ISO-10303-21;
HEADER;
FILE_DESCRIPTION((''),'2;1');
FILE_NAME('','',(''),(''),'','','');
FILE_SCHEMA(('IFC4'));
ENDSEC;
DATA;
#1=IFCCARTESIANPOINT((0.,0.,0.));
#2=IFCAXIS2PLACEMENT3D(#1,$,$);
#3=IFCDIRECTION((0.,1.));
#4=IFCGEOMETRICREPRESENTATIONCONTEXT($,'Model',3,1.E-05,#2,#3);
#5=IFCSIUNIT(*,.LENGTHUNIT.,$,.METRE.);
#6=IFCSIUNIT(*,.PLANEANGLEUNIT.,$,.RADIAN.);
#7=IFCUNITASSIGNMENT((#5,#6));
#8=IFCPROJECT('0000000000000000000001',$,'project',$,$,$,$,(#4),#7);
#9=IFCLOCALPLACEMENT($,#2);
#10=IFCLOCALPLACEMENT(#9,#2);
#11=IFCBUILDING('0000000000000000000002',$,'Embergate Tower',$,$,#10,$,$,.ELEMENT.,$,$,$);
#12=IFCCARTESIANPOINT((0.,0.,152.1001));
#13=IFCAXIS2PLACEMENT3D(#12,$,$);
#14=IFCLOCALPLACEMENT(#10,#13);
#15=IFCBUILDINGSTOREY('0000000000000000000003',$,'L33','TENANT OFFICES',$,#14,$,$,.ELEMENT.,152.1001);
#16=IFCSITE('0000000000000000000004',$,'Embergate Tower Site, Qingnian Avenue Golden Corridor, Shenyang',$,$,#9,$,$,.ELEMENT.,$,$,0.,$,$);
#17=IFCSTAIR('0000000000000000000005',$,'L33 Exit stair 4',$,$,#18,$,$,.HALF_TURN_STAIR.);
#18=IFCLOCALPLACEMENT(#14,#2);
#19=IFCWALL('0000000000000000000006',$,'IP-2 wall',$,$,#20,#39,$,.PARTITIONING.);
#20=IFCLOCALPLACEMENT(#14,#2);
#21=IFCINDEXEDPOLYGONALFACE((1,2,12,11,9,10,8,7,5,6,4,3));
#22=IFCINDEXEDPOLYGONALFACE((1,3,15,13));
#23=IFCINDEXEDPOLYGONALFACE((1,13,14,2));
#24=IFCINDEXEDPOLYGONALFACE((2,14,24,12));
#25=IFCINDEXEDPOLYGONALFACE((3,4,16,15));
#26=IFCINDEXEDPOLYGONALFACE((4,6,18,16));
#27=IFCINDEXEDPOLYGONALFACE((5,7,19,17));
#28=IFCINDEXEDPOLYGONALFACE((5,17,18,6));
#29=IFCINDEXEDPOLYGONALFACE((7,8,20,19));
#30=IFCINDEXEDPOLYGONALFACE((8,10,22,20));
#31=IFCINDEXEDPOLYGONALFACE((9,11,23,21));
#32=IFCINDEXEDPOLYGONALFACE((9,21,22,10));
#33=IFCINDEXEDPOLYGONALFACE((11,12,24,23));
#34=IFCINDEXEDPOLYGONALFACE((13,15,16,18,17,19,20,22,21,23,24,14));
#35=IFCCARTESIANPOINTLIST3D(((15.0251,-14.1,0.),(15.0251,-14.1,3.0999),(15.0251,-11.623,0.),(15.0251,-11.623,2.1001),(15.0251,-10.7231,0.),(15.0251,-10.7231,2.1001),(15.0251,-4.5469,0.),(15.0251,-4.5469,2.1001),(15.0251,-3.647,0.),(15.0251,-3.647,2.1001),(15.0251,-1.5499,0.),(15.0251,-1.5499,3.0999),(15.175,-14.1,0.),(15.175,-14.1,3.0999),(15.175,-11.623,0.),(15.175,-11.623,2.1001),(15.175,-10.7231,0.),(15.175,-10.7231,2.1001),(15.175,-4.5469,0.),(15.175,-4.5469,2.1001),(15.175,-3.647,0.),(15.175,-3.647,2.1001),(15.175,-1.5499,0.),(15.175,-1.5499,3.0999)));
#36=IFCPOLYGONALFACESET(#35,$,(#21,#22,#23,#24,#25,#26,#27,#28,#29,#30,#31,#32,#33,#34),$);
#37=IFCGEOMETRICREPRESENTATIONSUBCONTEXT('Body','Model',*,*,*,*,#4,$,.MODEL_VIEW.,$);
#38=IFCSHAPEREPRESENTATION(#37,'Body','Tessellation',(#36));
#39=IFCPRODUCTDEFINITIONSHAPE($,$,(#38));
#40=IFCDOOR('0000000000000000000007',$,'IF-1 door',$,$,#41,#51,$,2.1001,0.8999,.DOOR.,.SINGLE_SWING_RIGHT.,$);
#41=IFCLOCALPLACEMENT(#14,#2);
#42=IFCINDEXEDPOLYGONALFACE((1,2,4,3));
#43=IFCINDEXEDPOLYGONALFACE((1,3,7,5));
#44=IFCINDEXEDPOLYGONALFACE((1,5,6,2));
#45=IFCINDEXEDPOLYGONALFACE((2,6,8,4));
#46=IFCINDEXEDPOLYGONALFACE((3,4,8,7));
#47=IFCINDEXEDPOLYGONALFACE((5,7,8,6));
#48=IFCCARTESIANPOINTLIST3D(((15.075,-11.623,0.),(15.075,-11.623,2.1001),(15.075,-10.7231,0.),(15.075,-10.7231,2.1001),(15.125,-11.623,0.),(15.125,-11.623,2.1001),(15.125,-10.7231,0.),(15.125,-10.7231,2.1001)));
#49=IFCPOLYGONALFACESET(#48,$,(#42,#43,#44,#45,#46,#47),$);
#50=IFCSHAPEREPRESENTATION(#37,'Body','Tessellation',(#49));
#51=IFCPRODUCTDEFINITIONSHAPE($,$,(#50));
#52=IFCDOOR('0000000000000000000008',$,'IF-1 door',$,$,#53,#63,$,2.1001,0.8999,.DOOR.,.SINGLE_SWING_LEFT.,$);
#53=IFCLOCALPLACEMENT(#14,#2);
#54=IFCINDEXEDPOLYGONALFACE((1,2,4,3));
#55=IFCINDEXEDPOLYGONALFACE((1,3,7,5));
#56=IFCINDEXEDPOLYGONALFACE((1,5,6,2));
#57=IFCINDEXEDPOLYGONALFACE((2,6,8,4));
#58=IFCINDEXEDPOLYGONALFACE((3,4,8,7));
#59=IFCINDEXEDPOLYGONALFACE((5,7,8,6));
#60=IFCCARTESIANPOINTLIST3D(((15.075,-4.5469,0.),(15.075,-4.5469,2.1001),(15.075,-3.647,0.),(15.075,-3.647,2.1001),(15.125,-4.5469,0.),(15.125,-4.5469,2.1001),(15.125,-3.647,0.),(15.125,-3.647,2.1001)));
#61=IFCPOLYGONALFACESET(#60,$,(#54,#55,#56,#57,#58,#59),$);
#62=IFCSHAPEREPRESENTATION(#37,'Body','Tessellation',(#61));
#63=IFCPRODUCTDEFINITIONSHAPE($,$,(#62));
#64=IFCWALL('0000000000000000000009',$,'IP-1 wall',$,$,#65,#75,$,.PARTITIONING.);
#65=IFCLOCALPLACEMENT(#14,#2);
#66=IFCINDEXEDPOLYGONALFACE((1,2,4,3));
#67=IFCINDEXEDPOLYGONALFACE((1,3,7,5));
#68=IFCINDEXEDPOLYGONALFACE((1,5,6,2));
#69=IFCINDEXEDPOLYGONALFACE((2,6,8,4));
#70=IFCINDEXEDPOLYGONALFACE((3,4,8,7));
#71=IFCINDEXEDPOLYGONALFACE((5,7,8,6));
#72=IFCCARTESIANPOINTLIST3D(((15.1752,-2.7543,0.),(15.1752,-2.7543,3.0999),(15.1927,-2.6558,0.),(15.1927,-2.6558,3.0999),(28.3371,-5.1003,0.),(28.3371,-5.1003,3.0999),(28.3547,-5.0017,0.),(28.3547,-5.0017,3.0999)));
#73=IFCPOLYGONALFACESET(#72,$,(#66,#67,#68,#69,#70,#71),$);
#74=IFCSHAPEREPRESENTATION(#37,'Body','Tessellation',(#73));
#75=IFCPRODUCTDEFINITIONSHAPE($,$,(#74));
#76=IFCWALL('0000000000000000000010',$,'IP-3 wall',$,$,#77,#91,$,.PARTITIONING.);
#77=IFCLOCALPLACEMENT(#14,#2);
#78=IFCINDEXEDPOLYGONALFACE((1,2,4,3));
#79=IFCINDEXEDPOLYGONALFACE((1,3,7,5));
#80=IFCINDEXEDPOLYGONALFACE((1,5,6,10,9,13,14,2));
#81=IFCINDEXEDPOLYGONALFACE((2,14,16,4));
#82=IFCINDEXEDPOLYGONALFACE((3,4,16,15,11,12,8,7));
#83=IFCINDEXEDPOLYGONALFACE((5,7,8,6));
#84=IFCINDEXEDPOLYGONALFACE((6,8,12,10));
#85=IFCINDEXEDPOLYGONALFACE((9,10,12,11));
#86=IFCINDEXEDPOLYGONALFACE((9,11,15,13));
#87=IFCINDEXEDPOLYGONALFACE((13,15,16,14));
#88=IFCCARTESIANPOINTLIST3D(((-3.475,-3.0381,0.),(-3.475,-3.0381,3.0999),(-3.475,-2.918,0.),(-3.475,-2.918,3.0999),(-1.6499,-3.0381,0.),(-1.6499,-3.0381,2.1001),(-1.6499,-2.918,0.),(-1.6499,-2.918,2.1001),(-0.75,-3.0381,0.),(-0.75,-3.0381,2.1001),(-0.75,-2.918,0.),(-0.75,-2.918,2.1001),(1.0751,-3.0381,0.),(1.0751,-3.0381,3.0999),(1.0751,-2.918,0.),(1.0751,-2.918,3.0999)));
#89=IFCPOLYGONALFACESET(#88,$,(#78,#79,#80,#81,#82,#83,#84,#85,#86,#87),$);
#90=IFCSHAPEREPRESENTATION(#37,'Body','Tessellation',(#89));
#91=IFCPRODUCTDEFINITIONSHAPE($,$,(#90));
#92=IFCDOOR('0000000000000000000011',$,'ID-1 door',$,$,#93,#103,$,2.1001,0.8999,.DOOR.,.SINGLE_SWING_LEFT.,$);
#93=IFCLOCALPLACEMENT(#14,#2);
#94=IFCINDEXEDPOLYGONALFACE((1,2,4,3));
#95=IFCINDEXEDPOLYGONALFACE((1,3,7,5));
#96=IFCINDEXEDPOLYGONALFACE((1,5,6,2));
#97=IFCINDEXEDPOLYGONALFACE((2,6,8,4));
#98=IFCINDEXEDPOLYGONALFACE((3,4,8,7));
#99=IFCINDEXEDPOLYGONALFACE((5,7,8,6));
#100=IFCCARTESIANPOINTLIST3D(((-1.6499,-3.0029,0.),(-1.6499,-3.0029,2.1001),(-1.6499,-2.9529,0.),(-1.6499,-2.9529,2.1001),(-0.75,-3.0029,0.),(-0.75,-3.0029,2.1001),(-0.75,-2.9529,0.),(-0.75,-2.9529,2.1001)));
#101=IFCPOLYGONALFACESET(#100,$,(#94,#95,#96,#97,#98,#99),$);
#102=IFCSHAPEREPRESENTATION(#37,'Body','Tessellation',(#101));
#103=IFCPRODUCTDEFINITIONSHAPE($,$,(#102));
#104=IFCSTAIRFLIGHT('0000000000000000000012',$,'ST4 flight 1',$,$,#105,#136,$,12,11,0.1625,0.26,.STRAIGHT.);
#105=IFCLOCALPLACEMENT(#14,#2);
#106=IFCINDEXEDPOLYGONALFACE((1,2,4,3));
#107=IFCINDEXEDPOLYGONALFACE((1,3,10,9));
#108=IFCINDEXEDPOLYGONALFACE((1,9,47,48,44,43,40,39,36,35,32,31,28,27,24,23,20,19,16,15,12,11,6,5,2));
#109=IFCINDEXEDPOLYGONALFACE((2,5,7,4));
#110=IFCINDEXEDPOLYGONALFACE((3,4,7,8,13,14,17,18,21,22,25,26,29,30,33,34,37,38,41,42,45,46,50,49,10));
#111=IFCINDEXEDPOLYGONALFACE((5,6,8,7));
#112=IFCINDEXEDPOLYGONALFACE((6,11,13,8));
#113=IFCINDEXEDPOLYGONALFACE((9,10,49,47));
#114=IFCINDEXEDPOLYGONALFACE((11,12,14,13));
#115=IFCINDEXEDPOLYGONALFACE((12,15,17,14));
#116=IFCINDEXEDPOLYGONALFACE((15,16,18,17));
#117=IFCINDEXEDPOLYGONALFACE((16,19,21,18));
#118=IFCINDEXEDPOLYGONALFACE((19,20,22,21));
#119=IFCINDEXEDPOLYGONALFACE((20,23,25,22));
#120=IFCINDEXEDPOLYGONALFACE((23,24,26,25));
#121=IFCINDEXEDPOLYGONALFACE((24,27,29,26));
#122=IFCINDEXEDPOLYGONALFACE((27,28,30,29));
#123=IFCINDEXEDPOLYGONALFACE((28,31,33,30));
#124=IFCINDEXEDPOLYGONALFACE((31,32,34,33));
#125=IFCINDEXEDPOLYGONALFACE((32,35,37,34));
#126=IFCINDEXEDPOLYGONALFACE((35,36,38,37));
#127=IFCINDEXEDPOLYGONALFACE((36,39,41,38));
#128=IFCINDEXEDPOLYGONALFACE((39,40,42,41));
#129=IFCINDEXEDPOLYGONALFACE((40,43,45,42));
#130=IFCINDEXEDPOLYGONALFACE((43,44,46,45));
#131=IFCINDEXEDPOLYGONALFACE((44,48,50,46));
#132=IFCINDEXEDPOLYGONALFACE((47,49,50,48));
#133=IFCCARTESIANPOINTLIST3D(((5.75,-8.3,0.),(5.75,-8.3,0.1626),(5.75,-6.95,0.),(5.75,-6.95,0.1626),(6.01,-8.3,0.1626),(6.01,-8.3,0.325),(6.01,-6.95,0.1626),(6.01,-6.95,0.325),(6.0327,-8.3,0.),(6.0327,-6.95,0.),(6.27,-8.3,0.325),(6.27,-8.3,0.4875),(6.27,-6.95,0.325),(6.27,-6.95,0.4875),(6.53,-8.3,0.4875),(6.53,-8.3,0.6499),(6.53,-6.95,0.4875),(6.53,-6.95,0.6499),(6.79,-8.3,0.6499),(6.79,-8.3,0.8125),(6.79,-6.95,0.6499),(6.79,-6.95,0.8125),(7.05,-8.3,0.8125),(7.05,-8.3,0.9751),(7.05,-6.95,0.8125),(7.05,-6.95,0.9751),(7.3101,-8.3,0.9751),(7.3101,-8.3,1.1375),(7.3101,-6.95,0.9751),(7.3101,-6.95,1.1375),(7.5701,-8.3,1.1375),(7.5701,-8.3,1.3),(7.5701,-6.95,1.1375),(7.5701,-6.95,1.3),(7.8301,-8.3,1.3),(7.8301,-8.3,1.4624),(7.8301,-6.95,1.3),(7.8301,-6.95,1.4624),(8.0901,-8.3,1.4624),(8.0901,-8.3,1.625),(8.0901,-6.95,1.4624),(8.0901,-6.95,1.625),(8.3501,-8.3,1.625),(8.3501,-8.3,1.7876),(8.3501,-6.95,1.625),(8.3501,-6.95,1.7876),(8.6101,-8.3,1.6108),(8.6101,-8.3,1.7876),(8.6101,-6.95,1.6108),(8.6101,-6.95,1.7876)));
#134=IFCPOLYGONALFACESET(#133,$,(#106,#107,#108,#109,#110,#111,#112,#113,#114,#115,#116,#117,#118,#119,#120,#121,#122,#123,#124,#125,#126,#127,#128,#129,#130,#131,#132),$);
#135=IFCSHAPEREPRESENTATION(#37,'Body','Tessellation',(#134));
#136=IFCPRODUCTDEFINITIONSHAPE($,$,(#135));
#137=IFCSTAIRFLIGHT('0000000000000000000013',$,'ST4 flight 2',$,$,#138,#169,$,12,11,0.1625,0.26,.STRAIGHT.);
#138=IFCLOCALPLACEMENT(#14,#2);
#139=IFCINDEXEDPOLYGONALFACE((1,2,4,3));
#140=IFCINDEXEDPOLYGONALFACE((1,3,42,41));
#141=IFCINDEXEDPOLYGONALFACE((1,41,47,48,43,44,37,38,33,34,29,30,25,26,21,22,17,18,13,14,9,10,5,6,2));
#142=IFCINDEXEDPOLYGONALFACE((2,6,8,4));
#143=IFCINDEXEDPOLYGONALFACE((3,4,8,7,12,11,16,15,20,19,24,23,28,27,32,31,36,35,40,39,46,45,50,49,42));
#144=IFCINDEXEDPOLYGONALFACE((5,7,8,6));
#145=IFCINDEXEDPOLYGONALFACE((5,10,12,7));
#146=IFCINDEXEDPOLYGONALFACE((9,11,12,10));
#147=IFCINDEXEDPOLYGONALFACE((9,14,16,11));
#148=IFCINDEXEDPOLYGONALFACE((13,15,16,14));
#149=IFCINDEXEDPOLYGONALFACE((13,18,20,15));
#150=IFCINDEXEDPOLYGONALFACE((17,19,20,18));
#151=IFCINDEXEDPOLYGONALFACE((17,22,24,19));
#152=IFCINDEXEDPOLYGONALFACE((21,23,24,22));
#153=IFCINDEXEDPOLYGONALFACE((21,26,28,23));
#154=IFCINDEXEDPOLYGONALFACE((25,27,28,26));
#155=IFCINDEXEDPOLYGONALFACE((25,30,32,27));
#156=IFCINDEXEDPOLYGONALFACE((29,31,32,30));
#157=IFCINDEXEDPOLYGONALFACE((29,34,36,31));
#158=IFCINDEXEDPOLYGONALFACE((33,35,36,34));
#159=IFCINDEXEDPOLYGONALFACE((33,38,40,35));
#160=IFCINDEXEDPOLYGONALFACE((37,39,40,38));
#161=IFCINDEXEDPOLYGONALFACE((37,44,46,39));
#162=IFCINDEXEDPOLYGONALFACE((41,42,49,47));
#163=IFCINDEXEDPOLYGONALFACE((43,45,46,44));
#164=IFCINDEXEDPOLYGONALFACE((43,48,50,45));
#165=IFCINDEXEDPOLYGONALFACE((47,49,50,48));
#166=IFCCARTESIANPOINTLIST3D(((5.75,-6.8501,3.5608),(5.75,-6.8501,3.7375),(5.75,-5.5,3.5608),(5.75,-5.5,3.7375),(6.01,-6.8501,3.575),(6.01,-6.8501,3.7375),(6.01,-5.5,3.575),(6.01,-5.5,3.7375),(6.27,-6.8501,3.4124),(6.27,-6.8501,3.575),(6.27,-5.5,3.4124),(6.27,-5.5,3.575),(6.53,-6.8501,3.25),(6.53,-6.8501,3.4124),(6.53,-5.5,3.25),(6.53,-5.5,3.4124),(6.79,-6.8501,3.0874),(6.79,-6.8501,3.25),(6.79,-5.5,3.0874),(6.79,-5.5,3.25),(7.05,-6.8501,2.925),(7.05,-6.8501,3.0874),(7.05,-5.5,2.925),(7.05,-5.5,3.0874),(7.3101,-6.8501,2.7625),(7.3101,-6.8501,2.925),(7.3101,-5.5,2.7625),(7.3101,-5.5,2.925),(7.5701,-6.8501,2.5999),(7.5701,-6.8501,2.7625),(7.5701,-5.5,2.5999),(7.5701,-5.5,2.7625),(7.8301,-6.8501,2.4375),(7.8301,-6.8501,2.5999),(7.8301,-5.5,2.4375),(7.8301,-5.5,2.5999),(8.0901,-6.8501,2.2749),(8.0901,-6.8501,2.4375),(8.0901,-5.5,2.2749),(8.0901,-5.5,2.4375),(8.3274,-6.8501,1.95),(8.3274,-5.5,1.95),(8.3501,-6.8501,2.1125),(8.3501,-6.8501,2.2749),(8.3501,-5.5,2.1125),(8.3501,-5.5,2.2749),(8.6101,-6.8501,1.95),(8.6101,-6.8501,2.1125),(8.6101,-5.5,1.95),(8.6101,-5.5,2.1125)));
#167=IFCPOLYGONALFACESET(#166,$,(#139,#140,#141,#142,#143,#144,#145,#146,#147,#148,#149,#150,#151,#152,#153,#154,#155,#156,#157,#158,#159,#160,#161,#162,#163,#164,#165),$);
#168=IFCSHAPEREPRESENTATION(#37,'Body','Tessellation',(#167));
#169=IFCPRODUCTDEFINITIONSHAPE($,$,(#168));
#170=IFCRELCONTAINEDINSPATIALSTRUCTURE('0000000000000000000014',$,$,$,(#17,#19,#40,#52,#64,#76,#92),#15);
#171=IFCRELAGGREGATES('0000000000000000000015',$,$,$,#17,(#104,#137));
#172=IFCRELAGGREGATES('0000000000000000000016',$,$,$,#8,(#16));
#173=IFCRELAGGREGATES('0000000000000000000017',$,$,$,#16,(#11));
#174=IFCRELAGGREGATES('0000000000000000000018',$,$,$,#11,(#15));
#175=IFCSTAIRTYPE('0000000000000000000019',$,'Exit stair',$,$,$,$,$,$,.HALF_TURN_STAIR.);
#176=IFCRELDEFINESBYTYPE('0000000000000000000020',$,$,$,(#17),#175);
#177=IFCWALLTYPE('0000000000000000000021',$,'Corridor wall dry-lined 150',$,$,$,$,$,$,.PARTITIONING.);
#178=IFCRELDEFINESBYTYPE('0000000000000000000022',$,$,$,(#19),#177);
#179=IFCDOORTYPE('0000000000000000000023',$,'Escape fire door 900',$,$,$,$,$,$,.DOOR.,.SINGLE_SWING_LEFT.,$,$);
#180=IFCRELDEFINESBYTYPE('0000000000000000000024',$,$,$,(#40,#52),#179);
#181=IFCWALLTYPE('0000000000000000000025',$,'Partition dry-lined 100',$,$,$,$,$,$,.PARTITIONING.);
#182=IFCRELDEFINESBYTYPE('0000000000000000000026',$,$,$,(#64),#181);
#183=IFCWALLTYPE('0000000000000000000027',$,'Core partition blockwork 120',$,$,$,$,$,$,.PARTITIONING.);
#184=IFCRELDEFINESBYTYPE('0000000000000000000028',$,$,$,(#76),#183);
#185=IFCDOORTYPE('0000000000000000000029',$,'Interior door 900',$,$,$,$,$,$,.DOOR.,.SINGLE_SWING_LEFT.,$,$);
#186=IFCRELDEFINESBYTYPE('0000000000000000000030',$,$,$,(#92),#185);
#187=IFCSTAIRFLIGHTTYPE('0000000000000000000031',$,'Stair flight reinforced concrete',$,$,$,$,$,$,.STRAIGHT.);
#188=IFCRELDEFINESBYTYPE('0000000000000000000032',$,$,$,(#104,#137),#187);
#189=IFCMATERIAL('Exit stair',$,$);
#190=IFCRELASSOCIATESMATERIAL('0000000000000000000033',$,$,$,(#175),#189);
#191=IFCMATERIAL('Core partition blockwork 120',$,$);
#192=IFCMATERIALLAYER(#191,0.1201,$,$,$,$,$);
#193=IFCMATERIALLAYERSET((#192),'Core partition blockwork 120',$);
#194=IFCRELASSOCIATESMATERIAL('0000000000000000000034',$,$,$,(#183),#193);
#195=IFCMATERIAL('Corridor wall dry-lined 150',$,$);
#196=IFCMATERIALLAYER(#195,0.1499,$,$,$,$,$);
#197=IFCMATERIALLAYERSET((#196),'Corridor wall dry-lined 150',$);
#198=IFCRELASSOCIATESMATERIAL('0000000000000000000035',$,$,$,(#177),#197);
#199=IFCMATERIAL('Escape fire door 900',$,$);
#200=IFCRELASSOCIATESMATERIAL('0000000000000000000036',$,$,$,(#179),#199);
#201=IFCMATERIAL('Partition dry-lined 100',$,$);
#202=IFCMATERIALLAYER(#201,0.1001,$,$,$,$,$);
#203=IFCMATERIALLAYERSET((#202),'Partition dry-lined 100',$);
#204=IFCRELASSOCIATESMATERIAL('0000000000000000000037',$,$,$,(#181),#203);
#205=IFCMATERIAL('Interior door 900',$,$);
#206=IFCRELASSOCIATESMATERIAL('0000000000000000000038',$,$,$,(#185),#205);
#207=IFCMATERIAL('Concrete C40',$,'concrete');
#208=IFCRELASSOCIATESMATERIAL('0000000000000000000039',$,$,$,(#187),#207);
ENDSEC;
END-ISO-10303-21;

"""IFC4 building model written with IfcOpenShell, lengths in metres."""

from ifc_helpers import new_model, si_unit, direction, frame, frame_2d, origin, place, context, subcontext, project, spatial, polyline, rectangle, outline, extrude, source, transform, mapped, material, layer, layer_set, type_object, element, fill, aggregate, save


model = new_model("IFC4")

# Units and contexts
model_context = context("Model", 3, precision=1e-05, world=origin(), true_north=direction((0.0, 1.0)))
body_context = subcontext(model_context, "Body", "Model", "MODEL_VIEW")
ifc_project = project(units=[si_unit("LENGTHUNIT", "METRE"), si_unit("PLANEANGLEUNIT", "RADIAN")], contexts=[model_context])

# Site, building, storey
site_placement = place(None, origin())
site = spatial("IfcSite", under=ifc_project, at=site_placement, Name="Embergate Tower Site, Qingnian Avenue Golden Corridor, Shenyang", CompositionType="ELEMENT", RefElevation=0.0)
building_placement = place(site_placement, origin())
building = spatial("IfcBuilding", under=site, at=building_placement, Name="Embergate Tower", CompositionType="ELEMENT")
storey_placement = place(building_placement, frame((0.0, 0.0, 152.1001)))
storey = spatial("IfcBuildingStorey", under=building, at=storey_placement, Name="L33", Description="TENANT OFFICES", CompositionType="ELEMENT", Elevation=152.1001)

# Stair
ifc_material_1 = material(Name="Exit stair")
stair_type = type_object("IfcStairType", Name="Exit stair", PredefinedType="HALF_TURN_STAIR", material=ifc_material_1)
stair_placement = place(storey_placement, origin())
stair = element("IfcStair", 1, at=stair_placement, inside=storey, type_object=stair_type, Name="L33 Exit stair 4", PredefinedType="HALF_TURN_STAIR")
ifc_material_2 = material(Name="Concrete C40", Category="concrete")

# Shared definitions
ifc_material_3 = material(Name="Core partition blockwork 120")
ifc_layer_1 = layer(ifc_material_3, 0.1201)
ifc_layer_set_1 = layer_set([ifc_layer_1], Name="Core partition blockwork 120")
wall_type_1 = type_object("IfcWallType", Name="Core partition blockwork 120", PredefinedType="PARTITIONING", material=ifc_layer_set_1)

# Shared definitions
ifc_material_4 = material(Name="Corridor wall dry-lined 150")
ifc_layer_2 = layer(ifc_material_4, 0.1499)
ifc_layer_set_2 = layer_set([ifc_layer_2], Name="Corridor wall dry-lined 150")
wall_type_2 = type_object("IfcWallType", Name="Corridor wall dry-lined 150", PredefinedType="PARTITIONING", material=ifc_layer_set_2)

# Wall, openings, doors
shared_shape_1 = source(origin(), body_context, "Body", "SweptSolid", [
    extrude(rectangle(XDim=12.55, YDim=0.1499, at=frame_2d((6.2749, 0.0))), origin(), (0.0, 0.0, 1.0), 3.0999),
])
wall_1_placement = place(storey_placement, frame((15.1001, -1.55, 0.0), z_axis=(0.0, 0.0, 1.0), x_axis=(0.0, -1.0, 0.0)))
wall_1 = element("IfcWall", 2, at=wall_1_placement, inside=storey, type_object=wall_type_2, Name="IP-2 wall", PredefinedType="PARTITIONING", context=body_context, shape_type="MappedRepresentation", body=[
    mapped(shared_shape_1, transform((0.0, 0.0, 0.0))),
])
shared_shape_2 = source(origin(), body_context, "Body", "SweptSolid", [
    extrude(rectangle(XDim=0.8999, YDim=2.1001, at=frame_2d((0.45, 1.05))), frame((0.0, 0.085, 0.0), z_axis=(0.0, -1.0, 0.0), x_axis=(1.0, 0.0, 0.0)), (0.0, 0.0, 1.0), 0.1699),
])
opening_1_placement = place(wall_1_placement, frame((9.1731, 0.0, 0.0)))
opening_1 = element("IfcOpeningElement", 3, at=opening_1_placement, cuts=wall_1, PredefinedType="OPENING", context=body_context, shape_type="MappedRepresentation", body=[
    mapped(shared_shape_2, transform((0.0, 0.0, 0.0))),
])
opening_2_placement = place(wall_1_placement, frame((2.0969, 0.0, 0.0)))
opening_2 = element("IfcOpeningElement", 4, at=opening_2_placement, cuts=wall_1, PredefinedType="OPENING", context=body_context, shape_type="MappedRepresentation", body=[
    mapped(shared_shape_2, transform((0.0, 0.0, 0.0))),
])
ifc_material_5 = material(Name="Escape fire door 900")
door_type_1 = type_object("IfcDoorType", Name="Escape fire door 900", OperationType="SINGLE_SWING_LEFT", PredefinedType="DOOR", material=ifc_material_5)
shared_shape_3 = source(origin(), body_context, "Body", "SweptSolid", [
    extrude(rectangle(XDim=0.8999, YDim=2.1001, at=frame_2d((0.45, 1.05))), frame((0.0, 0.0249, 0.0), z_axis=(0.0, -1.0, 0.0), x_axis=(1.0, 0.0, 0.0)), (0.0, 0.0, 1.0), 0.05),
])
door_1_placement = place(opening_1_placement, origin())
door_1 = element("IfcDoor", 5, at=door_1_placement, inside=storey, type_object=door_type_1, Name="IF-1 door", OperationType="SINGLE_SWING_RIGHT", OverallHeight=2.1001, OverallWidth=0.8999, PredefinedType="DOOR", context=body_context, shape_type="MappedRepresentation", body=[
    mapped(shared_shape_3, transform((0.0, 0.0, 0.0))),
])
fill(opening_1, door_1)
door_2_placement = place(opening_2_placement, origin())
door_2 = element("IfcDoor", 6, at=door_2_placement, inside=storey, type_object=door_type_1, Name="IF-1 door", OperationType="SINGLE_SWING_LEFT", OverallHeight=2.1001, OverallWidth=0.8999, PredefinedType="DOOR", context=body_context, shape_type="MappedRepresentation", body=[
    mapped(shared_shape_3, transform((0.0, 0.0, 0.0))),
])
fill(opening_2, door_2)

# Wall
ifc_material_6 = material(Name="Partition dry-lined 100")
ifc_layer_3 = layer(ifc_material_6, 0.1001)
ifc_layer_set_3 = layer_set([ifc_layer_3], Name="Partition dry-lined 100")
wall_type_3 = type_object("IfcWallType", Name="Partition dry-lined 100", PredefinedType="PARTITIONING", material=ifc_layer_set_3)
shared_shape_4 = source(origin(), body_context, "Body", "SweptSolid", [
    extrude(rectangle(XDim=13.3694, YDim=0.1001, at=frame_2d((6.6846, 0.0))), origin(), (0.0, 0.0, 1.0), 3.0999),
])
wall_2_placement = place(storey_placement, frame((15.1841, -2.7051, 0.0), z_axis=(0.0, 0.0, 1.0), x_axis=(0.984484, -0.175473, 0.0)))
element("IfcWall", 7, at=wall_2_placement, inside=storey, type_object=wall_type_3, Name="IP-1 wall", PredefinedType="PARTITIONING", context=body_context, shape_type="MappedRepresentation", body=[
    mapped(shared_shape_4, transform((0.0, 0.0, 0.0))),
])

# Wall, opening, door
shared_shape_5 = source(origin(), body_context, "Body", "SweptSolid", [
    extrude(rectangle(XDim=4.55, YDim=0.1201, at=frame_2d((2.2749, 0.0))), origin(), (0.0, 0.0, 1.0), 3.0999),
])
wall_3_placement = place(storey_placement, frame((1.075, -2.978, 0.0), z_axis=(0.0, 0.0, 1.0), x_axis=(-1.0, 0.0, 0.0)))
wall_3 = element("IfcWall", 8, at=wall_3_placement, inside=storey, type_object=wall_type_1, Name="IP-3 wall", PredefinedType="PARTITIONING", context=body_context, shape_type="MappedRepresentation", body=[
    mapped(shared_shape_5, transform((0.0, 0.0, 0.0))),
])
shared_shape_6 = source(origin(), body_context, "Body", "SweptSolid", [
    extrude(rectangle(XDim=0.8999, YDim=2.1001, at=frame_2d((0.45, 1.05))), frame((0.0, 0.0701, 0.0), z_axis=(0.0, -1.0, 0.0), x_axis=(1.0, 0.0, 0.0)), (0.0, 0.0, 1.0), 0.1401),
])
opening_3_placement = place(wall_3_placement, frame((1.825, 0.0, 0.0)))
opening_3 = element("IfcOpeningElement", 9, at=opening_3_placement, cuts=wall_3, PredefinedType="OPENING", context=body_context, shape_type="MappedRepresentation", body=[
    mapped(shared_shape_6, transform((0.0, 0.0, 0.0))),
])
ifc_material_7 = material(Name="Interior door 900")
door_type_2 = type_object("IfcDoorType", Name="Interior door 900", OperationType="SINGLE_SWING_LEFT", PredefinedType="DOOR", material=ifc_material_7)
door_3_placement = place(opening_3_placement, origin())
door_3 = element("IfcDoor", 10, at=door_3_placement, inside=storey, type_object=door_type_2, Name="ID-1 door", OperationType="SINGLE_SWING_LEFT", OverallHeight=2.1001, OverallWidth=0.8999, PredefinedType="DOOR", context=body_context, shape_type="MappedRepresentation", body=[
    mapped(shared_shape_3, transform((0.0, 0.0, 0.0))),
])
fill(opening_3, door_3)

# Stair flights
stair_flight_type = type_object("IfcStairFlightType", Name="Stair flight reinforced concrete", PredefinedType="STRAIGHT", material=ifc_material_2)
shared_shape_7 = source(origin(), body_context, "Body", "SweptSolid", [
    extrude(outline(polyline([(0.0, 0.0), (0.0, 0.1626), (0.26, 0.1626), (0.26, 0.325), (0.52, 0.325), (0.52, 0.4875), (0.78, 0.4875), (0.78, 0.6499), (1.04, 0.6499), (1.04, 0.8125), (1.3, 0.8125), (1.3, 0.9751), (1.5601, 0.9751), (1.5601, 1.1375), (1.8201, 1.1375), (1.8201, 1.3), (2.0801, 1.3), (2.0801, 1.4624), (2.3401, 1.4624), (2.3401, 1.625), (2.6001, 1.625), (2.6001, 1.7876), (2.8601, 1.7876), (2.8601, 1.95), (2.8601, 1.6108), (0.2827, 0.0), (0.0, 0.0)])), frame((0.0, 0.675, 0.0), z_axis=(0.0, -1.0, 0.0), x_axis=(1.0, 0.0, 0.0)), (0.0, 0.0, 1.0), 1.3501),
])
stair_flight_1_placement = place(storey_placement, frame((5.75, -7.625, 0.0), z_axis=(0.0, 0.0, 1.0), x_axis=(1.0, 0.0, 0.0)))
stair_flight_1 = element("IfcStairFlight", 11, at=stair_flight_1_placement, type_object=stair_flight_type, Name="ST4 flight 1", NumberOfRisers=12, NumberOfTreads=11, PredefinedType="STRAIGHT", RiserHeight=0.1625, TreadLength=0.26, context=body_context, shape_type="MappedRepresentation", body=[
    mapped(shared_shape_7, transform((0.0, 0.0, 0.0))),
])
stair_flight_2_placement = place(storey_placement, frame((8.6101, -6.175, 1.95), z_axis=(0.0, 0.0, 1.0), x_axis=(-1.0, 0.0, 0.0)))
stair_flight_2 = element("IfcStairFlight", 12, at=stair_flight_2_placement, type_object=stair_flight_type, Name="ST4 flight 2", NumberOfRisers=12, NumberOfTreads=11, PredefinedType="STRAIGHT", RiserHeight=0.1625, TreadLength=0.26, context=body_context, shape_type="MappedRepresentation", body=[
    mapped(shared_shape_7, transform((0.0, 0.0, 0.0))),
])
aggregate(stair, [stair_flight_1, stair_flight_2])

save(model, "model.ifc")
